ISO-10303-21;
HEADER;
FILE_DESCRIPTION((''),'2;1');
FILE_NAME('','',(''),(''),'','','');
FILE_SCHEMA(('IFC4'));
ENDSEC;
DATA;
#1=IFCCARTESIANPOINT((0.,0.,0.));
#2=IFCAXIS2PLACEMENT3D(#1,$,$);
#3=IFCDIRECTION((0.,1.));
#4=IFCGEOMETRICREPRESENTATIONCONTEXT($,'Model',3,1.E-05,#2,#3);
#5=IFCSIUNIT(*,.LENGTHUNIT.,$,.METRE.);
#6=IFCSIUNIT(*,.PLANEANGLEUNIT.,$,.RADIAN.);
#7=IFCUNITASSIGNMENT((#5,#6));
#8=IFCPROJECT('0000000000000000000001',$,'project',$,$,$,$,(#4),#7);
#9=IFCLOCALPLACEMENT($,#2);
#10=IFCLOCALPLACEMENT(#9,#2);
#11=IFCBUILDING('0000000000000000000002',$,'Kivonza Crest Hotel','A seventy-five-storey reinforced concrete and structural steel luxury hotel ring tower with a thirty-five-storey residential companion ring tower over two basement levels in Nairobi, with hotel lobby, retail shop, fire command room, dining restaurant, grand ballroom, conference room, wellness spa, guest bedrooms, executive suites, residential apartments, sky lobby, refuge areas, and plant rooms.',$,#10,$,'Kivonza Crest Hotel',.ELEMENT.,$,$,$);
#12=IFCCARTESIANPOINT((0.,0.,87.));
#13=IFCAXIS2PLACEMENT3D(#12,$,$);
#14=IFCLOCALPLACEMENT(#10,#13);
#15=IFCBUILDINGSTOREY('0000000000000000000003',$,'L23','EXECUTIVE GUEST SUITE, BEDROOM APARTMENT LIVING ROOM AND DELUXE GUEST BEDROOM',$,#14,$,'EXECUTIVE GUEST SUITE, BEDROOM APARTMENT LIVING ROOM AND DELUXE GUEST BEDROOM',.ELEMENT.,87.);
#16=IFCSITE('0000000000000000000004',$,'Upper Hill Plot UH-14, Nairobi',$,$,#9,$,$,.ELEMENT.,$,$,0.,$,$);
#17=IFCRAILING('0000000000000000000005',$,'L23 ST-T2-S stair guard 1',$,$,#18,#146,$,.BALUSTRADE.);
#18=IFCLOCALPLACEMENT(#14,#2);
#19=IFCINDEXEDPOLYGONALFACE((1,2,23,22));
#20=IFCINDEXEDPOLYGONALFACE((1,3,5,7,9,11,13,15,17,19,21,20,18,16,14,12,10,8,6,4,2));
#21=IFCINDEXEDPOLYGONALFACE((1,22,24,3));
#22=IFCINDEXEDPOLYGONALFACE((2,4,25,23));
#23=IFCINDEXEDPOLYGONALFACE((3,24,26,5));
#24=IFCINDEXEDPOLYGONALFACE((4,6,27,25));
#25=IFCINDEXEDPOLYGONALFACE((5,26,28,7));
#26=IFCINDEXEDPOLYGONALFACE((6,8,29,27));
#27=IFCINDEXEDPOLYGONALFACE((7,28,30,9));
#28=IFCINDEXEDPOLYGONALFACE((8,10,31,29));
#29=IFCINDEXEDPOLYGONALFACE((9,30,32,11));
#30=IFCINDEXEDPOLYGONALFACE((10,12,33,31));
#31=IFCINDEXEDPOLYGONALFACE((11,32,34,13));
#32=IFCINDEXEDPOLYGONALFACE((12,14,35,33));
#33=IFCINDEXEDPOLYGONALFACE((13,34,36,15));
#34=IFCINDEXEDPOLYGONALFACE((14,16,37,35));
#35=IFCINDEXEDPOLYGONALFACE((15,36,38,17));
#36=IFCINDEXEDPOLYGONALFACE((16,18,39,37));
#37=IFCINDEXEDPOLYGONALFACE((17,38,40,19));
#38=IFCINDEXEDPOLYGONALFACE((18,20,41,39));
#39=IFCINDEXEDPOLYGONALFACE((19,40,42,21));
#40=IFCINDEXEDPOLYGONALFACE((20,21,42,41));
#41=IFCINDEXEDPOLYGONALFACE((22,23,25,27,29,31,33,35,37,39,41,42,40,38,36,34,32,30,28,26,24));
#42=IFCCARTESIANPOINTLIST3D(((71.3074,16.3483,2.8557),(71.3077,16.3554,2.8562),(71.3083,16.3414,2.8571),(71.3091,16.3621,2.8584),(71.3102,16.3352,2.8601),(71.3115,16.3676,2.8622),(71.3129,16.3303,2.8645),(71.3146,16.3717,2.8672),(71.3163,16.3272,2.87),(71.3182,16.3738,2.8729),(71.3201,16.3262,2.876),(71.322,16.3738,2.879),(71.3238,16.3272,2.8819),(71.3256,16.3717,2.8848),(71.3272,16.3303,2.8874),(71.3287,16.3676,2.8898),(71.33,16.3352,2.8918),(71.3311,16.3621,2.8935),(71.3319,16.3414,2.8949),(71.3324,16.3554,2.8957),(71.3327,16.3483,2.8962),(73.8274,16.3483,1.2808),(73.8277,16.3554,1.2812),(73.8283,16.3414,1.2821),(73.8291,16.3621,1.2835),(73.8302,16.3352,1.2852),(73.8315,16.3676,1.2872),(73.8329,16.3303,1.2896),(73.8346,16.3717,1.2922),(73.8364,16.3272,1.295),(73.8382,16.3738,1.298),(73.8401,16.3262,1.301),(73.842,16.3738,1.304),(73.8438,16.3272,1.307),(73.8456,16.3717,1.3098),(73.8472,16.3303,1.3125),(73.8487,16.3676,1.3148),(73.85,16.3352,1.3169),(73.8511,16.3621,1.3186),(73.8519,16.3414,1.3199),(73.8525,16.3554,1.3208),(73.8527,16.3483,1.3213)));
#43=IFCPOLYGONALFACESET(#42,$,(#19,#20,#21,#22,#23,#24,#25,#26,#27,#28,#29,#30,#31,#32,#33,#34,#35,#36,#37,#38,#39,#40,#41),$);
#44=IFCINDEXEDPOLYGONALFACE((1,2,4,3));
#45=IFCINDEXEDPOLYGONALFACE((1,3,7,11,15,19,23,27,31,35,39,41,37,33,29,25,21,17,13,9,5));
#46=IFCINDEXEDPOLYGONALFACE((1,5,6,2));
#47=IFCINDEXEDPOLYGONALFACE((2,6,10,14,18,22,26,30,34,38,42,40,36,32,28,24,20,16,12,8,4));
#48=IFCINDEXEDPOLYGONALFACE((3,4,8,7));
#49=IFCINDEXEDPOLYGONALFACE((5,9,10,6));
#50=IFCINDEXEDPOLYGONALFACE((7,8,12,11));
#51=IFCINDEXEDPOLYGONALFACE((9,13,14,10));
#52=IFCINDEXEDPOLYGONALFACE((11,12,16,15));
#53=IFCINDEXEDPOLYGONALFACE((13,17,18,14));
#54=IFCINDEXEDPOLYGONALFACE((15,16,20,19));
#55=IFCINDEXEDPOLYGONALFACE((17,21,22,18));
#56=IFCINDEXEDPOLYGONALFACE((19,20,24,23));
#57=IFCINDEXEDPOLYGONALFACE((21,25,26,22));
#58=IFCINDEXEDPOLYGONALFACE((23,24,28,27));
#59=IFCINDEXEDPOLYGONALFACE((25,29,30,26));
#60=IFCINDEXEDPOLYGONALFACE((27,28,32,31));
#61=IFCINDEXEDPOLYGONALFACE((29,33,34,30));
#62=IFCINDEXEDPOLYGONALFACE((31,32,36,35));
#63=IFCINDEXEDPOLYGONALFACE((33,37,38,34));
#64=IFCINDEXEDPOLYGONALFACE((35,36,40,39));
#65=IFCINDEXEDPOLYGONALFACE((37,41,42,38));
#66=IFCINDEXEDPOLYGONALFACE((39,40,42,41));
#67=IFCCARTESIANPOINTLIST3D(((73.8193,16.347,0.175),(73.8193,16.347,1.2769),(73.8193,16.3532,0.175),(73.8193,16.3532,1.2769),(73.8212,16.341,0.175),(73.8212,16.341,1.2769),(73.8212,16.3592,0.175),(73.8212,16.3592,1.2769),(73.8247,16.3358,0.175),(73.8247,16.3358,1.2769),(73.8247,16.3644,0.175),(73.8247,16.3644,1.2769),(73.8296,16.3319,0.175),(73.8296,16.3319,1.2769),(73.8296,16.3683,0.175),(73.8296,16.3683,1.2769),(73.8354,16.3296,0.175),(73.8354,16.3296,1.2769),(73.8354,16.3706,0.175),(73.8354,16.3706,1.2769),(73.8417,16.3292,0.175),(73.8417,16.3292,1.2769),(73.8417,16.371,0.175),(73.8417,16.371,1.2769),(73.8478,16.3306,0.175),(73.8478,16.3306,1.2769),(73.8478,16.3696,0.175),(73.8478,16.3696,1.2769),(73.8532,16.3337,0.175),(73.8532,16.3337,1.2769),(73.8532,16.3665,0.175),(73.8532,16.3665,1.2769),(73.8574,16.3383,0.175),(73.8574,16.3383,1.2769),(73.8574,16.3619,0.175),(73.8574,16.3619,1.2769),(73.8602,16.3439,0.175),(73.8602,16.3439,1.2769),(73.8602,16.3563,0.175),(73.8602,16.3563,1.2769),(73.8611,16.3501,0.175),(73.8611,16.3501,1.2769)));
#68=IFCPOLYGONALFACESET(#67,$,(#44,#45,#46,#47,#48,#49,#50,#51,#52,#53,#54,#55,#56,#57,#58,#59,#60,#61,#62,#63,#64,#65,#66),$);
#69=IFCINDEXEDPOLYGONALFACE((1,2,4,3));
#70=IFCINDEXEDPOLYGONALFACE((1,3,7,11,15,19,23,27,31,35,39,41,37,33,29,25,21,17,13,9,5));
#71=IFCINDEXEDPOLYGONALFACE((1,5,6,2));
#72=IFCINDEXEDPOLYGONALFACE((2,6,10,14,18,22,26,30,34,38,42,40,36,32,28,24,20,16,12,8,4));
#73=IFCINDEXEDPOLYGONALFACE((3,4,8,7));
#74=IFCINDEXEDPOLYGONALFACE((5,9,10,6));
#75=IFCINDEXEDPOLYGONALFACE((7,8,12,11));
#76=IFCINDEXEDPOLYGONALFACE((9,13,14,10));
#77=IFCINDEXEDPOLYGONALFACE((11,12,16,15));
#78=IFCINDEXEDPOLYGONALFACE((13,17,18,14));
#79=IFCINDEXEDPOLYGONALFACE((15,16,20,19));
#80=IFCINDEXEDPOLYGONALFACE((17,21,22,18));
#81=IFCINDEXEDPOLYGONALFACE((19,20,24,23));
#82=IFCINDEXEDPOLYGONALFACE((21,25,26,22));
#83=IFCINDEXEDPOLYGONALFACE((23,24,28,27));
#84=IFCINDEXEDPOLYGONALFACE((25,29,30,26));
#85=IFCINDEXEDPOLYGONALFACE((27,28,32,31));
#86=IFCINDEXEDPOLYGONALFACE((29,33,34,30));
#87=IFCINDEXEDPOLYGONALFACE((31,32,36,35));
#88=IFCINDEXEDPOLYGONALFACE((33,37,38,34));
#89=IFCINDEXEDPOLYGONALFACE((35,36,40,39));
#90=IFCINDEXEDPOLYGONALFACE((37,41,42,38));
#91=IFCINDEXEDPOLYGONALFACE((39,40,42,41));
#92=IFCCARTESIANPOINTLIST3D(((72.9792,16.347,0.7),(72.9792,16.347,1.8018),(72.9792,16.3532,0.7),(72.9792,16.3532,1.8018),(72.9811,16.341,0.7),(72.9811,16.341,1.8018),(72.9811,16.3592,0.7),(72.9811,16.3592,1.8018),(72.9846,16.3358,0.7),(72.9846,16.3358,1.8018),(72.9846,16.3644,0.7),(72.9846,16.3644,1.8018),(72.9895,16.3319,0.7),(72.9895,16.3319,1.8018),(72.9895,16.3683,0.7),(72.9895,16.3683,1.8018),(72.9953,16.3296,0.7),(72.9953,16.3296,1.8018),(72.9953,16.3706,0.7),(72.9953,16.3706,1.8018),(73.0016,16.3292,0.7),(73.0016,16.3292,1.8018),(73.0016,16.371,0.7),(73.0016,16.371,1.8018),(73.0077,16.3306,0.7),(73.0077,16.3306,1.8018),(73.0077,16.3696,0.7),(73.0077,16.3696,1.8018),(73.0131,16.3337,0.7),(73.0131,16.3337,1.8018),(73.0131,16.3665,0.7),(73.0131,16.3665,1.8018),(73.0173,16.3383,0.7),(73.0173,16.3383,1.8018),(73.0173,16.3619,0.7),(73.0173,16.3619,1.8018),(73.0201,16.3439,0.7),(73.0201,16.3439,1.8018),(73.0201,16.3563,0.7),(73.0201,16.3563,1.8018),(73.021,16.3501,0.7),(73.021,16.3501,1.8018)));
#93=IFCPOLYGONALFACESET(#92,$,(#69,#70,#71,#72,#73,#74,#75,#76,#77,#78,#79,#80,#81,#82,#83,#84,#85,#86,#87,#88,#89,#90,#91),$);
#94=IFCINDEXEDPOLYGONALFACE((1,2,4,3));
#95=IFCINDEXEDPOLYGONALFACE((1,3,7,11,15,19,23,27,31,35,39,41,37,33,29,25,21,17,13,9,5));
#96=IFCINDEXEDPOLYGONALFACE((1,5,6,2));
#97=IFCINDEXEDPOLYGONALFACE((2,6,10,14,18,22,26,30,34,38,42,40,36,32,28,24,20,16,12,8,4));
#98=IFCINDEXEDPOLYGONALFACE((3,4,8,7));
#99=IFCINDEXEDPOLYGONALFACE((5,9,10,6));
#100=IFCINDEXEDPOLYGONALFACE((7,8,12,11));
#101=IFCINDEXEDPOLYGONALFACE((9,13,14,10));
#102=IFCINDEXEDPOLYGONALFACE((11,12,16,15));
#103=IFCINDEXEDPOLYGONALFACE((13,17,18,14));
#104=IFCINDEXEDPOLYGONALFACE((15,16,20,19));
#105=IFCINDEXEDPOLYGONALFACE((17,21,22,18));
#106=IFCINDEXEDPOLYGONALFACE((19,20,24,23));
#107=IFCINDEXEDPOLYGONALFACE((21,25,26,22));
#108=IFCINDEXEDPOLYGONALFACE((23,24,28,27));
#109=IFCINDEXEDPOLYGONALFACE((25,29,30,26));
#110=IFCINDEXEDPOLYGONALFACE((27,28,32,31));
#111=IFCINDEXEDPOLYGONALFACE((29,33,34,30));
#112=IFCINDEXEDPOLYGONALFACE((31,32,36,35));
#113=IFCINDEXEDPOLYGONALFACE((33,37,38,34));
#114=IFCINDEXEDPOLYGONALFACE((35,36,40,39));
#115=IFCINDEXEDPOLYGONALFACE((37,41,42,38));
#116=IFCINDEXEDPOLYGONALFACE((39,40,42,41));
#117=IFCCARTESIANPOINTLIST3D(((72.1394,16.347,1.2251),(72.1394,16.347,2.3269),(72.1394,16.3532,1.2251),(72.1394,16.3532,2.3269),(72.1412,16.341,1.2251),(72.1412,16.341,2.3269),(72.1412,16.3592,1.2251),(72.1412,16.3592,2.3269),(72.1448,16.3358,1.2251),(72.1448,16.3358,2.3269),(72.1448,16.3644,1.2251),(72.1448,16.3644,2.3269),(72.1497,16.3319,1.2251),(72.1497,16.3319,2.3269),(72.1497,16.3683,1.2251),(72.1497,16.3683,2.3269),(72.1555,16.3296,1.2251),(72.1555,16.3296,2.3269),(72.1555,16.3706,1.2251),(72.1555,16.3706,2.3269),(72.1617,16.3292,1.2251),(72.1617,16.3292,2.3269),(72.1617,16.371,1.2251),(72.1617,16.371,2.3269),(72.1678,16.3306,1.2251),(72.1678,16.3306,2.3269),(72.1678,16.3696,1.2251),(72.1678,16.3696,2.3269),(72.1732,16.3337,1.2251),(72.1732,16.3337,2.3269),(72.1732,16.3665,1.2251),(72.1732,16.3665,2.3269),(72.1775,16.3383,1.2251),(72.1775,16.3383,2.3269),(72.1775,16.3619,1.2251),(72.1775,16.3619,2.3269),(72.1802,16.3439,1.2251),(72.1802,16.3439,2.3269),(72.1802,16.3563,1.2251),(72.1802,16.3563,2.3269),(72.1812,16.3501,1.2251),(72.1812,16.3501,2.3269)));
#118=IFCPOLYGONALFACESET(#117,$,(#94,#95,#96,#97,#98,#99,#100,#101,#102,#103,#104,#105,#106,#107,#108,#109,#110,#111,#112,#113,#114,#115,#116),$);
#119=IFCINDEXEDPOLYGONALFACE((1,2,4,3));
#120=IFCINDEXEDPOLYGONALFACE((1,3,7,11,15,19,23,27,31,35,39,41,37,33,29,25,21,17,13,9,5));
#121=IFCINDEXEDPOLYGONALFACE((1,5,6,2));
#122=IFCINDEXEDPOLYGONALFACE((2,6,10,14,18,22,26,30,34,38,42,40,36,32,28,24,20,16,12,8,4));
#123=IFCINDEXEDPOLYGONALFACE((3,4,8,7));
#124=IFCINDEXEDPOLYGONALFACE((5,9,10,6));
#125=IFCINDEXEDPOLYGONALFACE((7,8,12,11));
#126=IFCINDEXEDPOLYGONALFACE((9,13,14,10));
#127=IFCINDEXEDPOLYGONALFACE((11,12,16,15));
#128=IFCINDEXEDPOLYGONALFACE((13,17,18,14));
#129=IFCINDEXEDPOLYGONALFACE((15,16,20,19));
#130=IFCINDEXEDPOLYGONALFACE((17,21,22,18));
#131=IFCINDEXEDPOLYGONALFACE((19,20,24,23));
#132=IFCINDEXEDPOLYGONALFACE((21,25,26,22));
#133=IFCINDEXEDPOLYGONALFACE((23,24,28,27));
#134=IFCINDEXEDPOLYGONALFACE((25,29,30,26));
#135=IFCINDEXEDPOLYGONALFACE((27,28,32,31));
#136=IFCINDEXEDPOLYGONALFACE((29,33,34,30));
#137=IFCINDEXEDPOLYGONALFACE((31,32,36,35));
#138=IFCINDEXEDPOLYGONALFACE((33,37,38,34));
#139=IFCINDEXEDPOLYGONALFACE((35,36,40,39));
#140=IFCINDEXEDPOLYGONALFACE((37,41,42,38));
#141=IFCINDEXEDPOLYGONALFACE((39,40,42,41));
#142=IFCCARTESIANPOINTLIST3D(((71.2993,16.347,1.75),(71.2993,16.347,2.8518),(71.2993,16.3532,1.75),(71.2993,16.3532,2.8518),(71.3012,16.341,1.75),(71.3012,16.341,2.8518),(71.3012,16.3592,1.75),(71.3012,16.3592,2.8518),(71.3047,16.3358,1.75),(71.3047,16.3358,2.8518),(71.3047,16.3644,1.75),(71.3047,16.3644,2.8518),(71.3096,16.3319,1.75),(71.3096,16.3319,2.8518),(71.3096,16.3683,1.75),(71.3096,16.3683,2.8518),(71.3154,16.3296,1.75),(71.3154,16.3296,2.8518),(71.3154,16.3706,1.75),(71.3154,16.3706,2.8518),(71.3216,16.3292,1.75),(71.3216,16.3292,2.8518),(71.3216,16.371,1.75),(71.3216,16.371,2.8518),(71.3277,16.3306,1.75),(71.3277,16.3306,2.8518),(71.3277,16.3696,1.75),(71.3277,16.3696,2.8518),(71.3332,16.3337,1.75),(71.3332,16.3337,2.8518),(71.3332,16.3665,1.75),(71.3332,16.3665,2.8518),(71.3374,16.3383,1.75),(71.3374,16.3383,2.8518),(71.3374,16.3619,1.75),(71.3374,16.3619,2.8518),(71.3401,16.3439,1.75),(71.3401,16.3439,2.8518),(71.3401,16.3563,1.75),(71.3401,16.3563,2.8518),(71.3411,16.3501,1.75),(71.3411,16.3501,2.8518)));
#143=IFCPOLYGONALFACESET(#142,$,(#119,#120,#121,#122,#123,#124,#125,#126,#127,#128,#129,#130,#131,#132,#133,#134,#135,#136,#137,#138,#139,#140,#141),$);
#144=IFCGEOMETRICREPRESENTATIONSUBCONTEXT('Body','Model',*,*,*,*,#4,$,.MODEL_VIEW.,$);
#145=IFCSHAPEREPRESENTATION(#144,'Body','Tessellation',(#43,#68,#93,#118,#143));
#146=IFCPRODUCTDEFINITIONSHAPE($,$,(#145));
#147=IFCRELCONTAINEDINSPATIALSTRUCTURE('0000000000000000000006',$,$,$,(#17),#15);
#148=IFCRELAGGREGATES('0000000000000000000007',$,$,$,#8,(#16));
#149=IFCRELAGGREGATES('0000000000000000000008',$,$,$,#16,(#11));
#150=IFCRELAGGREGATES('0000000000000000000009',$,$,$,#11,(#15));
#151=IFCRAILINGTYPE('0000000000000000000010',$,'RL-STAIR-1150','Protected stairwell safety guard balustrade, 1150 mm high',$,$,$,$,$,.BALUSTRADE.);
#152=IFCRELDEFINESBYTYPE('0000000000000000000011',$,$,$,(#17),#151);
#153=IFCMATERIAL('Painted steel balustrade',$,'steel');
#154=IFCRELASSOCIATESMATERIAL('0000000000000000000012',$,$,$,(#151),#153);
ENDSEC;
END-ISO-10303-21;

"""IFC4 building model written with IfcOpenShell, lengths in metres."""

from ifc_helpers import new_model, si_unit, direction, frame, origin, origin_2d, place, context, subcontext, project, spatial, circle, extrude, material, type_object, element, save


model = new_model("IFC4")

# Units and contexts
model_context = context("Model", 3, precision=1e-05, world=origin(), true_north=direction((0.0, 1.0)))
body_context = subcontext(model_context, "Body", "Model", "MODEL_VIEW")
ifc_project = project(units=[si_unit("LENGTHUNIT", "METRE"), si_unit("PLANEANGLEUNIT", "RADIAN")], contexts=[model_context])

# Site, building, storey
site_placement = place(None, origin())
site = spatial("IfcSite", under=ifc_project, at=site_placement, Name="Upper Hill Plot UH-14, Nairobi", CompositionType="ELEMENT", RefElevation=0.0)
building_placement = place(site_placement, origin())
building = spatial("IfcBuilding", under=site, at=building_placement, Name="Kivonza Crest Hotel", Description="A seventy-five-storey reinforced concrete and structural steel luxury hotel ring tower with a thirty-five-storey residential companion ring tower over two basement levels in Nairobi, with hotel lobby, retail shop, fire command room, dining restaurant, grand ballroom, conference room, wellness spa, guest bedrooms, executive suites, residential apartments, sky lobby, refuge areas, and plant rooms.", LongName="Kivonza Crest Hotel", CompositionType="ELEMENT")
storey_placement = place(building_placement, frame((0.0, 0.0, 87.0)))
storey = spatial("IfcBuildingStorey", under=building, at=storey_placement, Name="L23", Description="EXECUTIVE GUEST SUITE, BEDROOM APARTMENT LIVING ROOM AND DELUXE GUEST BEDROOM", LongName="EXECUTIVE GUEST SUITE, BEDROOM APARTMENT LIVING ROOM AND DELUXE GUEST BEDROOM", CompositionType="ELEMENT", Elevation=87.0)

# Railing
ifc_material_1 = material(Name="Painted steel balustrade", Category="steel")
railing_type_1 = type_object("IfcRailingType", Name="RL-STAIR-1150", Description="Protected stairwell safety guard balustrade, 1150 mm high", PredefinedType="BALUSTRADE", material=ifc_material_1)
railing_1_placement = place(storey_placement, frame((73.8401, 16.3501, 0.175)))
element("IfcRailing", 1, at=railing_1_placement, inside=storey, type_object=railing_type_1, Name="L23 ST-T2-S stair guard 1", PredefinedType="BALUSTRADE", context=body_context, shape_type="SweptSolid", body=[
    extrude(circle(Radius=0.0239, at=origin_2d()), frame((0.0, 0.0, 1.126), z_axis=(-0.848008, 0.0, 0.529984), x_axis=(0.0, -1.0, 0.0)), (0.0, 0.0, 1.0), 2.9717),
    extrude(circle(Radius=0.021, at=origin_2d()), origin(), (0.0, 0.0, 1.0), 1.1018),
    extrude(circle(Radius=0.021, at=origin_2d()), frame((-0.8401, 0.0, 0.5249)), (0.0, 0.0, 1.0), 1.1018),
    extrude(circle(Radius=0.021, at=origin_2d()), frame((-1.6799, 0.0, 1.05)), (0.0, 0.0, 1.0), 1.1018),
    extrude(circle(Radius=0.021, at=origin_2d()), frame((-2.52, 0.0, 1.575)), (0.0, 0.0, 1.0), 1.1018),
])

save(model, "model.ifc")
